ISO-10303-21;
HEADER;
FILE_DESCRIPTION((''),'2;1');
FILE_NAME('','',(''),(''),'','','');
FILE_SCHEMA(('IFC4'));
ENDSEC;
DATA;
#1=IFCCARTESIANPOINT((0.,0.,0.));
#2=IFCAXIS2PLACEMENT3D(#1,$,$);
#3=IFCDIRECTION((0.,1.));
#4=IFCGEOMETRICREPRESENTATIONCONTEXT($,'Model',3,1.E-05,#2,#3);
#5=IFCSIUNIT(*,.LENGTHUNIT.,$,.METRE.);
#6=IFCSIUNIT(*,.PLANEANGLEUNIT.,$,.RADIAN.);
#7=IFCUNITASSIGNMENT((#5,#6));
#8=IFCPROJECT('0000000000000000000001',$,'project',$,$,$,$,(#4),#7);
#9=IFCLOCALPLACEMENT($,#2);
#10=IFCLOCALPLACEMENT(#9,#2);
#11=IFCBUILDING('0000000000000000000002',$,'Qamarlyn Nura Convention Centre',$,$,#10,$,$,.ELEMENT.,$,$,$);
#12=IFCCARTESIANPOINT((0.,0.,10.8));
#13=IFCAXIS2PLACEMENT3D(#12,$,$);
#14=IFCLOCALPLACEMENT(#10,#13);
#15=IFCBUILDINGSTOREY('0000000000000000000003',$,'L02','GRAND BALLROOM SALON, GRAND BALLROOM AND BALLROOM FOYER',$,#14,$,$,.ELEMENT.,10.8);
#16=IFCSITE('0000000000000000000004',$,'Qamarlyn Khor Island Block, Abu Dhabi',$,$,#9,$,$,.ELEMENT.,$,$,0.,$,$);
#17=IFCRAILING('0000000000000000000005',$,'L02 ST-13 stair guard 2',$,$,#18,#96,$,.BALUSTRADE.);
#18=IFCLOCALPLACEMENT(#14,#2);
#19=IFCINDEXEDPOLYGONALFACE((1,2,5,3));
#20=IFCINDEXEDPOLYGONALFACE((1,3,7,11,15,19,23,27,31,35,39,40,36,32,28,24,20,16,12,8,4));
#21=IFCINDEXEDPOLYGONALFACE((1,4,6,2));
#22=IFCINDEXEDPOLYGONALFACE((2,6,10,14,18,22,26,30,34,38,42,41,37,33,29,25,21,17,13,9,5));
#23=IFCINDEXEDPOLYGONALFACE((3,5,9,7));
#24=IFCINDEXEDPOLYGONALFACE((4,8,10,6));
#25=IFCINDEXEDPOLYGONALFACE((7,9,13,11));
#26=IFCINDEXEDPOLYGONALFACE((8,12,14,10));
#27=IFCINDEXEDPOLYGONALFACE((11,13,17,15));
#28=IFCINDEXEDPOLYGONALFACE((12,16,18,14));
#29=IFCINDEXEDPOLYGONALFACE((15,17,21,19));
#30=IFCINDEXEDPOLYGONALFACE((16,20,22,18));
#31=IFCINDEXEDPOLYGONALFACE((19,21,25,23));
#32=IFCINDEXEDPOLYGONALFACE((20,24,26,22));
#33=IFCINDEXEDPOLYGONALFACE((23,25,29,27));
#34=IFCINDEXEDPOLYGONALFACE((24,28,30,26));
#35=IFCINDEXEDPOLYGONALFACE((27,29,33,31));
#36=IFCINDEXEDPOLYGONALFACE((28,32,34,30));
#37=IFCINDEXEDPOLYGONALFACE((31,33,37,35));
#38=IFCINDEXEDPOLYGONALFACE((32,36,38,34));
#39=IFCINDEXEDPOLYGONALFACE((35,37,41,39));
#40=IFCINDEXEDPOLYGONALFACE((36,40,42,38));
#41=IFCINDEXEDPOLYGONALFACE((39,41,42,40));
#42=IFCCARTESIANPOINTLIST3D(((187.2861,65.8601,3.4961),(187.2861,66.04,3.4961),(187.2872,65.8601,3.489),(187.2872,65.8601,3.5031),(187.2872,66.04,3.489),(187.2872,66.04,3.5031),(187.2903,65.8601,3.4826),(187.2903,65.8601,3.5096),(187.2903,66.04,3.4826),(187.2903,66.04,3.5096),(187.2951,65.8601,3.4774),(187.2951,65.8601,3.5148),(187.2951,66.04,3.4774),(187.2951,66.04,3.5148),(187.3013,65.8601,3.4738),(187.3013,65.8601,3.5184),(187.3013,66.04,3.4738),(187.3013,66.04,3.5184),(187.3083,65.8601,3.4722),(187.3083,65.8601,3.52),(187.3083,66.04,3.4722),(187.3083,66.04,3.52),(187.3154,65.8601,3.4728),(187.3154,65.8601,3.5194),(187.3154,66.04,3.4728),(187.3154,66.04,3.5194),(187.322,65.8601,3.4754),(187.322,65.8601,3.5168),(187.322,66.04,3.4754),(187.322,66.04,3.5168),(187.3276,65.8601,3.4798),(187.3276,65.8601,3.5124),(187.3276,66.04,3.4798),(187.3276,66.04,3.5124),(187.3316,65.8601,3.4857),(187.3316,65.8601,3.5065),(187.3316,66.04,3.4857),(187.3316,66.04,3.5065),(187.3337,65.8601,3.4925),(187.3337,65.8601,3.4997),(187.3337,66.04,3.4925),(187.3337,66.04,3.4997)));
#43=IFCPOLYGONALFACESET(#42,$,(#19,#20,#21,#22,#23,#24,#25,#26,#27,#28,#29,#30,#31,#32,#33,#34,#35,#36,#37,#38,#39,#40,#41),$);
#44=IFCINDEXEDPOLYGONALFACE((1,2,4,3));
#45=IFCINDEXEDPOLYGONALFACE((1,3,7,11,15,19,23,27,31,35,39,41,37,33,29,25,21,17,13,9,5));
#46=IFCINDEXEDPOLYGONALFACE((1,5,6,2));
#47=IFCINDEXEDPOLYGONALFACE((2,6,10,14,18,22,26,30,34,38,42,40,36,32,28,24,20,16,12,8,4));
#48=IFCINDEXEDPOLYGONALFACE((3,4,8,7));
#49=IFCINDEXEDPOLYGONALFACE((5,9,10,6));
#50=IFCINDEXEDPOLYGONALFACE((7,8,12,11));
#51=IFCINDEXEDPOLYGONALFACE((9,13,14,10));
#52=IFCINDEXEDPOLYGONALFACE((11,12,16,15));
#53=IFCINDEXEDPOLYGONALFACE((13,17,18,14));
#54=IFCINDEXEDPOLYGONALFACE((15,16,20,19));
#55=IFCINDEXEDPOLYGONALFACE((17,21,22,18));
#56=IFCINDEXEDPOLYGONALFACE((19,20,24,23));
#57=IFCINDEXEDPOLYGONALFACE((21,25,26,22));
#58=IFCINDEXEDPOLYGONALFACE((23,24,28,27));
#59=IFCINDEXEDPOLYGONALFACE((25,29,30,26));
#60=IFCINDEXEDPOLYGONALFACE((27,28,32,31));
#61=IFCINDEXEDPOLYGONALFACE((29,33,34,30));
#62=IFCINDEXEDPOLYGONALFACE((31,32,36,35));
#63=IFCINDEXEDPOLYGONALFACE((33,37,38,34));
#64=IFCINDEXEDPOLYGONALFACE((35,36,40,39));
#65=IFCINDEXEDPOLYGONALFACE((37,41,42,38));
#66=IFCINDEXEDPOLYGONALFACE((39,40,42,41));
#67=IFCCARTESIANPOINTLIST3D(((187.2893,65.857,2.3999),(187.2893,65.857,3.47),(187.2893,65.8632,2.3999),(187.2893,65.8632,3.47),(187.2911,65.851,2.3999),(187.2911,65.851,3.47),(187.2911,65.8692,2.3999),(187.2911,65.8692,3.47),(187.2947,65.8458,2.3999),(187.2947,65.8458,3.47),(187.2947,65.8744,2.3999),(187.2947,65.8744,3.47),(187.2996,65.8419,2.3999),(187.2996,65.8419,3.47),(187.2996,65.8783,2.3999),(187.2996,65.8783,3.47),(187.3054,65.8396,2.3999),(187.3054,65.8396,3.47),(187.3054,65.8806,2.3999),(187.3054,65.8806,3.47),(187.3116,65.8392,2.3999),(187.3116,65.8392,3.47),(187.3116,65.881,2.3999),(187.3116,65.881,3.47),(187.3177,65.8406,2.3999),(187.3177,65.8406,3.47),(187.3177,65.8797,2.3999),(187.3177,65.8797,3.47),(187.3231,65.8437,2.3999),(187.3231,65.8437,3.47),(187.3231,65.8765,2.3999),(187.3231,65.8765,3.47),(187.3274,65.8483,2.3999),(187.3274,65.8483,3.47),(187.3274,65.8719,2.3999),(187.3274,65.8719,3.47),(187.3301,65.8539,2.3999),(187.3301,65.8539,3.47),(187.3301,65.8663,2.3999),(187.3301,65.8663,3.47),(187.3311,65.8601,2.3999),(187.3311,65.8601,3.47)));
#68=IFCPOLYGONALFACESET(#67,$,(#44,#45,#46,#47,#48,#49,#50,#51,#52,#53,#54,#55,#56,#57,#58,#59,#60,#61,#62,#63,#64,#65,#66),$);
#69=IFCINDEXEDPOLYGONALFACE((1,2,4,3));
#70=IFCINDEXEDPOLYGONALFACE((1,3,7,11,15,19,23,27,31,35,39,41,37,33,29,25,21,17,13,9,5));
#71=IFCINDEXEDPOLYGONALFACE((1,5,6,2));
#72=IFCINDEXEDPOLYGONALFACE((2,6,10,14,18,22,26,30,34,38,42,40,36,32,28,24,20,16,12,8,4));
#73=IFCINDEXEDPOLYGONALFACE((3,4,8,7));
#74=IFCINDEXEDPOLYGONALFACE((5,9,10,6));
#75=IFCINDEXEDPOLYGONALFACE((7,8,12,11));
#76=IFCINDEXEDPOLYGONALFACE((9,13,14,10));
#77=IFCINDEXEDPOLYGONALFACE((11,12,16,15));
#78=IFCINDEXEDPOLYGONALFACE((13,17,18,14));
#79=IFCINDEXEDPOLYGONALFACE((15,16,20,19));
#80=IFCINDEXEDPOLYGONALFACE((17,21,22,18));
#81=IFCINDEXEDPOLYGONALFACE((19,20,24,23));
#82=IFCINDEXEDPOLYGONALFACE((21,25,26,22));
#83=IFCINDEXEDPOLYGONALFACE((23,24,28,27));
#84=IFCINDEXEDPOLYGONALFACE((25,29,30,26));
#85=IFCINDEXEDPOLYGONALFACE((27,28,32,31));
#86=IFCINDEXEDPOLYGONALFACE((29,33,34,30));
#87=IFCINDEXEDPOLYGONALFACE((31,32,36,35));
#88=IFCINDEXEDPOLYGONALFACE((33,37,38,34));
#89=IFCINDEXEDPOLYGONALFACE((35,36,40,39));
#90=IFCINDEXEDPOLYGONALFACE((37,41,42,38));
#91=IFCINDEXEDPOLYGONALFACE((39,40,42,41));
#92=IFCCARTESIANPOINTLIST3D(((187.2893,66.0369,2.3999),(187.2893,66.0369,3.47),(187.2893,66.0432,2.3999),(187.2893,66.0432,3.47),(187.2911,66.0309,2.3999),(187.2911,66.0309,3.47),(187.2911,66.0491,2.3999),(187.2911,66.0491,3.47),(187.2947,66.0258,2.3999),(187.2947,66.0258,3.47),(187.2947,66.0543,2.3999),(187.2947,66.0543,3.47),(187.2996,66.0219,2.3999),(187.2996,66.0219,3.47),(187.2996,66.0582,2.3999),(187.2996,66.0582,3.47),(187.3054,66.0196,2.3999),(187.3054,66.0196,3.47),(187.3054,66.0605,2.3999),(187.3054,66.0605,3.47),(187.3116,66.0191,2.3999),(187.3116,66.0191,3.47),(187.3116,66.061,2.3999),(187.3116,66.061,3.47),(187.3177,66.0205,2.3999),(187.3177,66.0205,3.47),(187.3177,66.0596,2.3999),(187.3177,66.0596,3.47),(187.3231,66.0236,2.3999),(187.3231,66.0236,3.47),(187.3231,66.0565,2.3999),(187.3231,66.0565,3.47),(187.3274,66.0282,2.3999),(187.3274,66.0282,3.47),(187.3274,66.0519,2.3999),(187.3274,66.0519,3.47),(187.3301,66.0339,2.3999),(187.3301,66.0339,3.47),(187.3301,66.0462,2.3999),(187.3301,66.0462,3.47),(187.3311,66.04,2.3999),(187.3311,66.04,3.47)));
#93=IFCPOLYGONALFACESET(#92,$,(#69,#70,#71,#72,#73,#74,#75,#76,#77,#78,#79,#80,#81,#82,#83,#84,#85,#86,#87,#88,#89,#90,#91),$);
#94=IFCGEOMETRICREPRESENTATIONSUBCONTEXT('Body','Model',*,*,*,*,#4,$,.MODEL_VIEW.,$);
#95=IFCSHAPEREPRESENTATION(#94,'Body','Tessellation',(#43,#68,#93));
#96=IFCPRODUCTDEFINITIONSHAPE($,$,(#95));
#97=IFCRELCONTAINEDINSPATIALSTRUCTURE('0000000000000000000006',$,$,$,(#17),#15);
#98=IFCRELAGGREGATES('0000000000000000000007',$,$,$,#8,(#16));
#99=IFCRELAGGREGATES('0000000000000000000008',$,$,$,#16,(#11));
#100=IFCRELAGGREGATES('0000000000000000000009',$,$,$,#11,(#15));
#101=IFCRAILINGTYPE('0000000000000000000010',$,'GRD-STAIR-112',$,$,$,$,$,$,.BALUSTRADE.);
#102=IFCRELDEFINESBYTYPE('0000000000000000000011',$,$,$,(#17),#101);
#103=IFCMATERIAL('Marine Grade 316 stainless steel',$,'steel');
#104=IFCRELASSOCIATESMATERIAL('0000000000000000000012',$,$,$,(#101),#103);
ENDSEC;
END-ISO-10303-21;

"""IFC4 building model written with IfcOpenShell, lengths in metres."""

from ifc_helpers import new_model, si_unit, direction, frame, origin, origin_2d, place, context, subcontext, project, spatial, circle, extrude, material, type_object, element, save


model = new_model("IFC4")

# Units and contexts
model_context = context("Model", 3, precision=1e-05, world=origin(), true_north=direction((0.0, 1.0)))
body_context = subcontext(model_context, "Body", "Model", "MODEL_VIEW")
ifc_project = project(units=[si_unit("LENGTHUNIT", "METRE"), si_unit("PLANEANGLEUNIT", "RADIAN")], contexts=[model_context])

# Site, building, storey
site_placement = place(None, origin())
site = spatial("IfcSite", under=ifc_project, at=site_placement, Name="Qamarlyn Khor Island Block, Abu Dhabi", CompositionType="ELEMENT", RefElevation=0.0)
building_placement = place(site_placement, origin())
building = spatial("IfcBuilding", under=site, at=building_placement, Name="Qamarlyn Nura Convention Centre", CompositionType="ELEMENT")
storey_placement = place(building_placement, frame((0.0, 0.0, 10.8)))
storey = spatial("IfcBuildingStorey", under=building, at=storey_placement, Name="L02", Description="GRAND BALLROOM SALON, GRAND BALLROOM AND BALLROOM FOYER", CompositionType="ELEMENT", Elevation=10.8)

# Shared definitions
ifc_material_1 = material(Name="Marine Grade 316 stainless steel", Category="steel")

# Railing
railing_type = type_object("IfcRailingType", Name="GRD-STAIR-112", PredefinedType="BALUSTRADE", material=ifc_material_1)
railing_placement = place(storey_placement, frame((187.3101, 65.8601, 2.3999)))
element("IfcRailing", 1, at=railing_placement, inside=storey, type_object=railing_type, Name="L02 ST-13 stair guard 2", PredefinedType="BALUSTRADE", context=body_context, shape_type="SweptSolid", body=[
    extrude(circle(Radius=0.0239, at=origin_2d()), frame((0.0, 0.0, 1.0962), z_axis=(0.0, 1.0, 0.0), x_axis=(-1.0, 0.0, 0.0)), (0.0, 0.0, 1.0), 0.1799),
    extrude(circle(Radius=0.021, at=origin_2d()), origin(), (0.0, 0.0, 1.0), 1.0701),
    extrude(circle(Radius=0.021, at=origin_2d()), frame((0.0, 0.1799, 0.0)), (0.0, 0.0, 1.0), 1.0701),
])

save(model, "model.ifc")
